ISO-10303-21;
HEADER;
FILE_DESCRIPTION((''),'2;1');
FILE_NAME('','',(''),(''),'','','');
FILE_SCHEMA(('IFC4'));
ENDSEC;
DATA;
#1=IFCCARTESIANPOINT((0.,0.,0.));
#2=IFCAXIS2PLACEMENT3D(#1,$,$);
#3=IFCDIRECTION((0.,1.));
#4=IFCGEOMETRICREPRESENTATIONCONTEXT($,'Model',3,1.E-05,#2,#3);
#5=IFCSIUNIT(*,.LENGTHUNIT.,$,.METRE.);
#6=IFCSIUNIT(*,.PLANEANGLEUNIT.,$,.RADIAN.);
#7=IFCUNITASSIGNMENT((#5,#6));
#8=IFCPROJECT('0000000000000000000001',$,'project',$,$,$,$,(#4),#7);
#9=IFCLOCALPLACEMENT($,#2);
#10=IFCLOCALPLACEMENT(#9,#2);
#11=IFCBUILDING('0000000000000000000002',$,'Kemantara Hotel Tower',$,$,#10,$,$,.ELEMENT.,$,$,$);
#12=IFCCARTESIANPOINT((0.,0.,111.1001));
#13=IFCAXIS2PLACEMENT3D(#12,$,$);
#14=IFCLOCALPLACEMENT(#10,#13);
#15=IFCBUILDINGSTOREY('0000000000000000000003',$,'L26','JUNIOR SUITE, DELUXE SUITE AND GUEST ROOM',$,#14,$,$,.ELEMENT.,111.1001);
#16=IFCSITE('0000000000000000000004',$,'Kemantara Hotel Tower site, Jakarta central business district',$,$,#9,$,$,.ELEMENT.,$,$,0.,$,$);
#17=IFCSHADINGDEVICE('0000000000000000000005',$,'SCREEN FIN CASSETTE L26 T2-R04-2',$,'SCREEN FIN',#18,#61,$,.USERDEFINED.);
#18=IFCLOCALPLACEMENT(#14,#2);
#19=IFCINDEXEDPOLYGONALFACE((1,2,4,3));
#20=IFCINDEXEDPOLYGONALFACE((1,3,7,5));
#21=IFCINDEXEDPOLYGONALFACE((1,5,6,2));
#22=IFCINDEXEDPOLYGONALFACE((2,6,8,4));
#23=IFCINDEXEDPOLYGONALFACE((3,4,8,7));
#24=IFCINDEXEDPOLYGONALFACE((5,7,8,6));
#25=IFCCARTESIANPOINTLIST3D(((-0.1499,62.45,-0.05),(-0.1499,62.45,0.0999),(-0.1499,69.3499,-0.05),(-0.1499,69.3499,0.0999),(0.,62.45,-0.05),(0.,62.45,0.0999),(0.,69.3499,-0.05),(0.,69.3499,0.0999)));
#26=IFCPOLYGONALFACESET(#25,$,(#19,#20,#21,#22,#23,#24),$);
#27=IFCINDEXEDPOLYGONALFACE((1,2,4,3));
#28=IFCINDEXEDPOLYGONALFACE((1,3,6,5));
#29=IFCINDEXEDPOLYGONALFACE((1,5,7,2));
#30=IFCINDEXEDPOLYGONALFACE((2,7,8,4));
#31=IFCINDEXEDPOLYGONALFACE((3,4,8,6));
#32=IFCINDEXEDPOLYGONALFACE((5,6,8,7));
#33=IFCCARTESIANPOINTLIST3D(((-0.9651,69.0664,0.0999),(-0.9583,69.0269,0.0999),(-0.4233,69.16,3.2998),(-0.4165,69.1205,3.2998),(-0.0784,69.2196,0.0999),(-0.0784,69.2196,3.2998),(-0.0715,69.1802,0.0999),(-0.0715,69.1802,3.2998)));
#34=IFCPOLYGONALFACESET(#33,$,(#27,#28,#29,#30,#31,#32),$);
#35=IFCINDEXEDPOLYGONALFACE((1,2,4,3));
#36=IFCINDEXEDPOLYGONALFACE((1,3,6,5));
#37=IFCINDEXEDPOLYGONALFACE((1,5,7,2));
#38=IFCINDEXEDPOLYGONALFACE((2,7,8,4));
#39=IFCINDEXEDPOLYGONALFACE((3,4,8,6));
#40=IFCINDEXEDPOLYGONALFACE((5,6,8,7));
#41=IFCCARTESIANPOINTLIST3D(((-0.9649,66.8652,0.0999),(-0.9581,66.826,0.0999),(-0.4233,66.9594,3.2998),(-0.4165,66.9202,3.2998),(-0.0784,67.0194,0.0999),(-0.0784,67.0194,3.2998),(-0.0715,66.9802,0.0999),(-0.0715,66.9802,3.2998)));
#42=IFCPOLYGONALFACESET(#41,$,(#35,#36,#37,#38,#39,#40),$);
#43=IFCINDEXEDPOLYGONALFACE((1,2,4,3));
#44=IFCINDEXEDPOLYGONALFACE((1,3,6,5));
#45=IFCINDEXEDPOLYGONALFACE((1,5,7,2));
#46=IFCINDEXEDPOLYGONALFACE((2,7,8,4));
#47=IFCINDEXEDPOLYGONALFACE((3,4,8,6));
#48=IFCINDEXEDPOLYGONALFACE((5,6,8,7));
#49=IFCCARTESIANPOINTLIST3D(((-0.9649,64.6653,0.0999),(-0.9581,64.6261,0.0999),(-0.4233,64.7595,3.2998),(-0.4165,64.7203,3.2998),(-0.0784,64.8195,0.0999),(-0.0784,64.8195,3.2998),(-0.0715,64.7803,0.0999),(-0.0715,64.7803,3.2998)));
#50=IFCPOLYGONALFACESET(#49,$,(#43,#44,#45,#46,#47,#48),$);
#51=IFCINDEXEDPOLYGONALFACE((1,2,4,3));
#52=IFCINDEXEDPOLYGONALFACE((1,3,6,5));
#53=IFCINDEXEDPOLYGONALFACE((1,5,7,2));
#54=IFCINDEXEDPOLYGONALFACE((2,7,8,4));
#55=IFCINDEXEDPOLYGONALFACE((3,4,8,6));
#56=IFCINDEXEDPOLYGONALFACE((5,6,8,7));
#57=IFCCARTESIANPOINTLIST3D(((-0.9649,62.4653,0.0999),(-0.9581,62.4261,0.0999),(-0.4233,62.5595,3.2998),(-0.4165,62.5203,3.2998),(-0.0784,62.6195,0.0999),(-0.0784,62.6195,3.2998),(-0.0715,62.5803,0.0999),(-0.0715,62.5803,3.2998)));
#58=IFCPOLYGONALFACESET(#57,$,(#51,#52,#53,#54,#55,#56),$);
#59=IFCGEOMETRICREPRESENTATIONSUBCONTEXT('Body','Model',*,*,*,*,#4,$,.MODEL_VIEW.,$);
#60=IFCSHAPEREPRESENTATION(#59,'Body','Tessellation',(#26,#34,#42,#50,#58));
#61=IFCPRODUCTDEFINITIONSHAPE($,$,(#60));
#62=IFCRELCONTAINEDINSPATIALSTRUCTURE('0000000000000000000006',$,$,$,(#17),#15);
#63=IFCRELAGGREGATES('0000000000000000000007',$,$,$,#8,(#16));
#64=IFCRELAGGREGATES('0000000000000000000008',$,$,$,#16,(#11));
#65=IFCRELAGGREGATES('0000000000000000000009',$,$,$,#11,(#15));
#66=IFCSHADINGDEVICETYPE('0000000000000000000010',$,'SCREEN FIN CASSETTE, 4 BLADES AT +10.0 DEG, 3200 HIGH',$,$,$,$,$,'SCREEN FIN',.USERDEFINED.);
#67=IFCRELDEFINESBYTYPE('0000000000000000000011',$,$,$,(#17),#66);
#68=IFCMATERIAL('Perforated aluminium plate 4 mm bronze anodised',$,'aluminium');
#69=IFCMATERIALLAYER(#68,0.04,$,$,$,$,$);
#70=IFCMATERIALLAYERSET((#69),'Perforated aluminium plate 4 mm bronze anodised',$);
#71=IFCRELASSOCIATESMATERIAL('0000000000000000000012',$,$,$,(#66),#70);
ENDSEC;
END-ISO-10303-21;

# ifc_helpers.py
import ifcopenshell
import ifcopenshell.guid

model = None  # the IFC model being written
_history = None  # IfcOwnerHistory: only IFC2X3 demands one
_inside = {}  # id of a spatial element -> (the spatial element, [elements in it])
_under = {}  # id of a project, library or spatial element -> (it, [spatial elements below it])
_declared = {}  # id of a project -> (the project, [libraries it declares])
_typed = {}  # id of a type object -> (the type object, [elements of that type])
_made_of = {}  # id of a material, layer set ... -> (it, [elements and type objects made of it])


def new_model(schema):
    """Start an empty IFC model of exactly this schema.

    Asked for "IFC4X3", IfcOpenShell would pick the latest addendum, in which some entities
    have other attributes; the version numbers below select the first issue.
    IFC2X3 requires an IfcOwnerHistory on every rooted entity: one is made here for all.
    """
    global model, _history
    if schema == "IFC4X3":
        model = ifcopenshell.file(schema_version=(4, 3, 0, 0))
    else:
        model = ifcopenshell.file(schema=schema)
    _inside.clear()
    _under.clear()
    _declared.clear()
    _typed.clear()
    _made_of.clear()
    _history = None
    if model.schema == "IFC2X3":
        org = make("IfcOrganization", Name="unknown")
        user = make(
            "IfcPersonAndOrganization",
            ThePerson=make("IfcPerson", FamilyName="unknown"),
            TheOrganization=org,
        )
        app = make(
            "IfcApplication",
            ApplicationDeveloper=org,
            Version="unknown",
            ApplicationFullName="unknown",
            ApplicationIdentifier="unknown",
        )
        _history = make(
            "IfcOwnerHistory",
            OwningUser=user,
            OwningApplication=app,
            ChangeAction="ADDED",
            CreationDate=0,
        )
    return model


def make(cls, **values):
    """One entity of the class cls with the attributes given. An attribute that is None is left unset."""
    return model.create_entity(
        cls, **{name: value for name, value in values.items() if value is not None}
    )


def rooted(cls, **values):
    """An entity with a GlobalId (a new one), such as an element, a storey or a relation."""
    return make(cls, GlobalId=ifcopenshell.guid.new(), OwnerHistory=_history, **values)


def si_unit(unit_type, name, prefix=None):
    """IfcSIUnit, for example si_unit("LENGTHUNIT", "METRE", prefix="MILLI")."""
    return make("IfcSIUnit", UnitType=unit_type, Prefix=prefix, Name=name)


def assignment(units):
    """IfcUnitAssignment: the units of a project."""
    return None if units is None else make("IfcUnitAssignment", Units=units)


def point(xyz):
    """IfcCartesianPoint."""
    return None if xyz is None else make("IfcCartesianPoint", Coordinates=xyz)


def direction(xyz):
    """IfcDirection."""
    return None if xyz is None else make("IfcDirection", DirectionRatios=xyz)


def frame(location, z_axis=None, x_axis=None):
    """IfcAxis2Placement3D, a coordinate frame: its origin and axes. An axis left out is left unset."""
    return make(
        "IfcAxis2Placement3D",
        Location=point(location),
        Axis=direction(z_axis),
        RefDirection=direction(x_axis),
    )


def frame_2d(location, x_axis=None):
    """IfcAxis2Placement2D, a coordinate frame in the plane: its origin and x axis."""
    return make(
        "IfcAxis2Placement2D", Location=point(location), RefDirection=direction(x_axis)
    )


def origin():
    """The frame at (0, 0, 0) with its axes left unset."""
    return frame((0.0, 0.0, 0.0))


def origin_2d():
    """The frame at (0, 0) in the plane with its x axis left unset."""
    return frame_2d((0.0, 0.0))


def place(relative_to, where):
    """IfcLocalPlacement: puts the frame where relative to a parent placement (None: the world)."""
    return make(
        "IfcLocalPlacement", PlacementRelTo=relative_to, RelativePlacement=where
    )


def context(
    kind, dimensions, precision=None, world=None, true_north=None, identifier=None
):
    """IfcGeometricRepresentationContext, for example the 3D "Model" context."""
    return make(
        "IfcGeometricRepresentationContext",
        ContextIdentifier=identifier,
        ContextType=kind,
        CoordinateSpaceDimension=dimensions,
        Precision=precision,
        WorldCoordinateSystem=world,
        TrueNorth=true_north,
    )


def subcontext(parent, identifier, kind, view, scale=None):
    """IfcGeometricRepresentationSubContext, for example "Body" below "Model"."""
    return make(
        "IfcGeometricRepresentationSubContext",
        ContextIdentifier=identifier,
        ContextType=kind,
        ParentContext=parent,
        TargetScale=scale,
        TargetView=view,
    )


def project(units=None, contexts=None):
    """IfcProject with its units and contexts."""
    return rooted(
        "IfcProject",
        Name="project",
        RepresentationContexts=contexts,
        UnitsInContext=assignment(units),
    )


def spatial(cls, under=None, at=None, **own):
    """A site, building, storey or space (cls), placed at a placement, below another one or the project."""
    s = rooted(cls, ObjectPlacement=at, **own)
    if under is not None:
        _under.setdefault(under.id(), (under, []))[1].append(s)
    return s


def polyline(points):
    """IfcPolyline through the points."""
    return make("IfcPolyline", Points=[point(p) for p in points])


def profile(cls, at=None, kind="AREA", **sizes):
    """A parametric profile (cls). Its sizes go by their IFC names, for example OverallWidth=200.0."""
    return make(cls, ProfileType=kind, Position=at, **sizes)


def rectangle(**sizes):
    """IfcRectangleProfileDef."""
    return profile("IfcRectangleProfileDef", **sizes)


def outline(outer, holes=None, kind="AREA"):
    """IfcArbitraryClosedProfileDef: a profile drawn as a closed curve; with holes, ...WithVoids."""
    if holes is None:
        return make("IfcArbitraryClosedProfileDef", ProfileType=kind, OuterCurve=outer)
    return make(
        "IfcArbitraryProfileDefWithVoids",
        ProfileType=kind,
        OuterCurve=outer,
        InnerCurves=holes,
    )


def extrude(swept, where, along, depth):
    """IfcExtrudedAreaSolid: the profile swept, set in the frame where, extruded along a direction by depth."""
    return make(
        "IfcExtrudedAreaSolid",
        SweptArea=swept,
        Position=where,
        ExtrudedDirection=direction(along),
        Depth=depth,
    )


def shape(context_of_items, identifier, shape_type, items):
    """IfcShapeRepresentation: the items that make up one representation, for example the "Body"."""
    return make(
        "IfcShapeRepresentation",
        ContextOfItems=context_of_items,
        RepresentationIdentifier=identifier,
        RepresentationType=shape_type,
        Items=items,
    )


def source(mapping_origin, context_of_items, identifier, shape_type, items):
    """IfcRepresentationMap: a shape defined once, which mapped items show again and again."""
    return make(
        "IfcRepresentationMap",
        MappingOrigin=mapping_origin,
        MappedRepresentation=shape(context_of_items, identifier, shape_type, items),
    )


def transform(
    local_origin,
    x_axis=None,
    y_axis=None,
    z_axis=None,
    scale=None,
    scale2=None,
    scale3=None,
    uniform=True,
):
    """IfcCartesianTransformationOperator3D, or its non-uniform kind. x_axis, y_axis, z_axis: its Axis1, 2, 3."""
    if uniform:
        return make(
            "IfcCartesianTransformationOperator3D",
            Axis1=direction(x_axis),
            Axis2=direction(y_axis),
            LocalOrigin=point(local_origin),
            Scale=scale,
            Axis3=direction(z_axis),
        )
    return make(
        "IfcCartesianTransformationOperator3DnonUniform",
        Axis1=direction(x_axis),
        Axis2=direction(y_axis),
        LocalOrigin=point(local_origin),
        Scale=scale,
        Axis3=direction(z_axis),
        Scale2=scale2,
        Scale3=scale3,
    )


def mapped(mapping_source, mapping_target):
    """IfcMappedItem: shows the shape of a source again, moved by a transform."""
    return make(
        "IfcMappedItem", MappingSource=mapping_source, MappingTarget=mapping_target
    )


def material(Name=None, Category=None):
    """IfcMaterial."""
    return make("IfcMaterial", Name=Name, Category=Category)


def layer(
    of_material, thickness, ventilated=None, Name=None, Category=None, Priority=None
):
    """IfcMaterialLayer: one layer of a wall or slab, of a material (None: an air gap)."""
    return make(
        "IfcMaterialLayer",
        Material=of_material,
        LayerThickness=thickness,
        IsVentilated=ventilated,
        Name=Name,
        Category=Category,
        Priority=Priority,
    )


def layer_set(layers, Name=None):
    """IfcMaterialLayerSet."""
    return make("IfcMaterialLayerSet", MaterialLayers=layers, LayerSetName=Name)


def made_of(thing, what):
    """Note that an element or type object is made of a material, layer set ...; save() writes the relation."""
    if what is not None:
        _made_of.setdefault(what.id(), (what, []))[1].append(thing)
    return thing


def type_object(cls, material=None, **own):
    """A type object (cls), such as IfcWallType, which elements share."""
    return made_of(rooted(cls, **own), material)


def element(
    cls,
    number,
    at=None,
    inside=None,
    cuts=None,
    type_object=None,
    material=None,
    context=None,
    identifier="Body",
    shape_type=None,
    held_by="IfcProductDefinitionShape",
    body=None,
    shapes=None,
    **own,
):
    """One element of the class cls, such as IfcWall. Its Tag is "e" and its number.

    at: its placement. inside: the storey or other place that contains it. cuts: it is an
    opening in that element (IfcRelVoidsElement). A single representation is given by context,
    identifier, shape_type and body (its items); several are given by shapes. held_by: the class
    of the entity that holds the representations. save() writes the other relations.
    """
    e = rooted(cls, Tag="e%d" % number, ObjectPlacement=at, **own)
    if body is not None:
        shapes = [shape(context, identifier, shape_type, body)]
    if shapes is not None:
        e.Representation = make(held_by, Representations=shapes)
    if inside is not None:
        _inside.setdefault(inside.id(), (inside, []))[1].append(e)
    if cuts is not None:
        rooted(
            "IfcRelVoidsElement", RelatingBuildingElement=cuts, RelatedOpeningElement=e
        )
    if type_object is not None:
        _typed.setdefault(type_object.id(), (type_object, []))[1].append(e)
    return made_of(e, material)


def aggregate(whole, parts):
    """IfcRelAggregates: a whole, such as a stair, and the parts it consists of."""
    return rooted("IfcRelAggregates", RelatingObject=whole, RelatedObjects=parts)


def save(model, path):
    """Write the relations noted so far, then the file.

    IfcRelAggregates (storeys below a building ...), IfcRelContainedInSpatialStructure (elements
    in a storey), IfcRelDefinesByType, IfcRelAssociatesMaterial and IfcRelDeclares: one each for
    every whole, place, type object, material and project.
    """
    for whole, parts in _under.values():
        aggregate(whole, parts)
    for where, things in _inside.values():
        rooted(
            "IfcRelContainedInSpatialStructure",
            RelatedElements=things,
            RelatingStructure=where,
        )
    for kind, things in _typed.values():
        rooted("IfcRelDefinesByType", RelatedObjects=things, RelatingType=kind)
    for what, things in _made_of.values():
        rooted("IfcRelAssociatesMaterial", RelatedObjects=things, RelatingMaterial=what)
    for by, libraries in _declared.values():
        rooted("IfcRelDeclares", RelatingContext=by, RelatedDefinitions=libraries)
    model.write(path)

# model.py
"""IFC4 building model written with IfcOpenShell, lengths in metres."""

from ifc_helpers import new_model, si_unit, direction, frame, origin, origin_2d, place, context, subcontext, project, spatial, polyline, rectangle, outline, extrude, source, transform, mapped, material, layer, layer_set, type_object, element, save


model = new_model("IFC4")

# Units and contexts
model_context = context("Model", 3, precision=1e-05, world=origin(), true_north=direction((0.0, 1.0)))
body_context = subcontext(model_context, "Body", "Model", "MODEL_VIEW")
ifc_project = project(units=[si_unit("LENGTHUNIT", "METRE"), si_unit("PLANEANGLEUNIT", "RADIAN")], contexts=[model_context])

# Site, building, storey
site_placement = place(None, origin())
site = spatial("IfcSite", under=ifc_project, at=site_placement, Name="Kemantara Hotel Tower site, Jakarta central business district", CompositionType="ELEMENT", RefElevation=0.0)
building_placement = place(site_placement, origin())
building = spatial("IfcBuilding", under=site, at=building_placement, Name="Kemantara Hotel Tower", CompositionType="ELEMENT")
storey_placement = place(building_placement, frame((0.0, 0.0, 111.1001)))
storey = spatial("IfcBuildingStorey", under=building, at=storey_placement, Name="L26", Description="JUNIOR SUITE, DELUXE SUITE AND GUEST ROOM", CompositionType="ELEMENT", Elevation=111.1001)

# Shading device
ifc_material_1 = material(Name="Perforated aluminium plate 4 mm bronze anodised", Category="aluminium")
ifc_layer_1 = layer(ifc_material_1, 0.04)
ifc_layer_set_1 = layer_set([ifc_layer_1], Name="Perforated aluminium plate 4 mm bronze anodised")
shading_device_type_1 = type_object("IfcShadingDeviceType", Name="SCREEN FIN CASSETTE, 4 BLADES AT +10.0 DEG, 3200 HIGH", ElementType="SCREEN FIN", PredefinedType="USERDEFINED", material=ifc_layer_set_1)
shared_shape_1 = source(origin(), body_context, "Body", "SweptSolid", [
    extrude(rectangle(XDim=6.8999, YDim=0.1499, at=origin_2d()), frame((3.3, -0.075, -0.1499), z_axis=(0.0, 0.0, 1.0), x_axis=(1.0, 0.0, 0.0)), (0.0, 0.0, 1.0), 0.1499),
    extrude(outline(polyline([(0.0, 0.0), (0.8999, 0.0), (0.3501, 3.2), (0.0, 3.2), (0.0, 0.0)])), frame((0.0198, -0.0715, 0.0), z_axis=(-0.98539, -0.170314, 0.0), x_axis=(0.170314, -0.98539, 0.0)), (0.0, 0.0, 1.0), 0.04),
    extrude(outline(polyline([(0.0, 0.0), (0.8999, 0.0), (0.3501, 3.2), (0.0, 3.2), (0.0, 0.0)])), frame((2.2197, -0.0715, 0.0), z_axis=(-0.985212, -0.171341, 0.0), x_axis=(0.171341, -0.985212, 0.0)), (0.0, 0.0, 1.0), 0.0398),
    extrude(outline(polyline([(0.0, 0.0), (0.8999, 0.0), (0.3501, 3.2), (0.0, 3.2), (0.0, 0.0)])), frame((4.4197, -0.0715, 0.0), z_axis=(-0.985212, -0.171341, 0.0), x_axis=(0.171341, -0.985212, 0.0)), (0.0, 0.0, 1.0), 0.0398),
    extrude(outline(polyline([(0.0, 0.0), (0.8999, 0.0), (0.3501, 3.2), (0.0, 3.2), (0.0, 0.0)])), frame((6.6196, -0.0715, 0.0), z_axis=(-0.985212, -0.171341, 0.0), x_axis=(0.171341, -0.985212, 0.0)), (0.0, 0.0, 1.0), 0.0398),
])
shading_device_1_placement = place(storey_placement, frame((0.0, 69.2, 0.0999), z_axis=(0.0, 0.0, 1.0), x_axis=(0.0, -1.0, 0.0)))
element("IfcShadingDevice", 1, at=shading_device_1_placement, inside=storey, type_object=shading_device_type_1, Name="SCREEN FIN CASSETTE L26 T2-R04-2", ObjectType="SCREEN FIN", PredefinedType="USERDEFINED", context=body_context, shape_type="MappedRepresentation", body=[
    mapped(shared_shape_1, transform((0.0, 0.0, 0.0))),
])

save(model, "model.ifc")
